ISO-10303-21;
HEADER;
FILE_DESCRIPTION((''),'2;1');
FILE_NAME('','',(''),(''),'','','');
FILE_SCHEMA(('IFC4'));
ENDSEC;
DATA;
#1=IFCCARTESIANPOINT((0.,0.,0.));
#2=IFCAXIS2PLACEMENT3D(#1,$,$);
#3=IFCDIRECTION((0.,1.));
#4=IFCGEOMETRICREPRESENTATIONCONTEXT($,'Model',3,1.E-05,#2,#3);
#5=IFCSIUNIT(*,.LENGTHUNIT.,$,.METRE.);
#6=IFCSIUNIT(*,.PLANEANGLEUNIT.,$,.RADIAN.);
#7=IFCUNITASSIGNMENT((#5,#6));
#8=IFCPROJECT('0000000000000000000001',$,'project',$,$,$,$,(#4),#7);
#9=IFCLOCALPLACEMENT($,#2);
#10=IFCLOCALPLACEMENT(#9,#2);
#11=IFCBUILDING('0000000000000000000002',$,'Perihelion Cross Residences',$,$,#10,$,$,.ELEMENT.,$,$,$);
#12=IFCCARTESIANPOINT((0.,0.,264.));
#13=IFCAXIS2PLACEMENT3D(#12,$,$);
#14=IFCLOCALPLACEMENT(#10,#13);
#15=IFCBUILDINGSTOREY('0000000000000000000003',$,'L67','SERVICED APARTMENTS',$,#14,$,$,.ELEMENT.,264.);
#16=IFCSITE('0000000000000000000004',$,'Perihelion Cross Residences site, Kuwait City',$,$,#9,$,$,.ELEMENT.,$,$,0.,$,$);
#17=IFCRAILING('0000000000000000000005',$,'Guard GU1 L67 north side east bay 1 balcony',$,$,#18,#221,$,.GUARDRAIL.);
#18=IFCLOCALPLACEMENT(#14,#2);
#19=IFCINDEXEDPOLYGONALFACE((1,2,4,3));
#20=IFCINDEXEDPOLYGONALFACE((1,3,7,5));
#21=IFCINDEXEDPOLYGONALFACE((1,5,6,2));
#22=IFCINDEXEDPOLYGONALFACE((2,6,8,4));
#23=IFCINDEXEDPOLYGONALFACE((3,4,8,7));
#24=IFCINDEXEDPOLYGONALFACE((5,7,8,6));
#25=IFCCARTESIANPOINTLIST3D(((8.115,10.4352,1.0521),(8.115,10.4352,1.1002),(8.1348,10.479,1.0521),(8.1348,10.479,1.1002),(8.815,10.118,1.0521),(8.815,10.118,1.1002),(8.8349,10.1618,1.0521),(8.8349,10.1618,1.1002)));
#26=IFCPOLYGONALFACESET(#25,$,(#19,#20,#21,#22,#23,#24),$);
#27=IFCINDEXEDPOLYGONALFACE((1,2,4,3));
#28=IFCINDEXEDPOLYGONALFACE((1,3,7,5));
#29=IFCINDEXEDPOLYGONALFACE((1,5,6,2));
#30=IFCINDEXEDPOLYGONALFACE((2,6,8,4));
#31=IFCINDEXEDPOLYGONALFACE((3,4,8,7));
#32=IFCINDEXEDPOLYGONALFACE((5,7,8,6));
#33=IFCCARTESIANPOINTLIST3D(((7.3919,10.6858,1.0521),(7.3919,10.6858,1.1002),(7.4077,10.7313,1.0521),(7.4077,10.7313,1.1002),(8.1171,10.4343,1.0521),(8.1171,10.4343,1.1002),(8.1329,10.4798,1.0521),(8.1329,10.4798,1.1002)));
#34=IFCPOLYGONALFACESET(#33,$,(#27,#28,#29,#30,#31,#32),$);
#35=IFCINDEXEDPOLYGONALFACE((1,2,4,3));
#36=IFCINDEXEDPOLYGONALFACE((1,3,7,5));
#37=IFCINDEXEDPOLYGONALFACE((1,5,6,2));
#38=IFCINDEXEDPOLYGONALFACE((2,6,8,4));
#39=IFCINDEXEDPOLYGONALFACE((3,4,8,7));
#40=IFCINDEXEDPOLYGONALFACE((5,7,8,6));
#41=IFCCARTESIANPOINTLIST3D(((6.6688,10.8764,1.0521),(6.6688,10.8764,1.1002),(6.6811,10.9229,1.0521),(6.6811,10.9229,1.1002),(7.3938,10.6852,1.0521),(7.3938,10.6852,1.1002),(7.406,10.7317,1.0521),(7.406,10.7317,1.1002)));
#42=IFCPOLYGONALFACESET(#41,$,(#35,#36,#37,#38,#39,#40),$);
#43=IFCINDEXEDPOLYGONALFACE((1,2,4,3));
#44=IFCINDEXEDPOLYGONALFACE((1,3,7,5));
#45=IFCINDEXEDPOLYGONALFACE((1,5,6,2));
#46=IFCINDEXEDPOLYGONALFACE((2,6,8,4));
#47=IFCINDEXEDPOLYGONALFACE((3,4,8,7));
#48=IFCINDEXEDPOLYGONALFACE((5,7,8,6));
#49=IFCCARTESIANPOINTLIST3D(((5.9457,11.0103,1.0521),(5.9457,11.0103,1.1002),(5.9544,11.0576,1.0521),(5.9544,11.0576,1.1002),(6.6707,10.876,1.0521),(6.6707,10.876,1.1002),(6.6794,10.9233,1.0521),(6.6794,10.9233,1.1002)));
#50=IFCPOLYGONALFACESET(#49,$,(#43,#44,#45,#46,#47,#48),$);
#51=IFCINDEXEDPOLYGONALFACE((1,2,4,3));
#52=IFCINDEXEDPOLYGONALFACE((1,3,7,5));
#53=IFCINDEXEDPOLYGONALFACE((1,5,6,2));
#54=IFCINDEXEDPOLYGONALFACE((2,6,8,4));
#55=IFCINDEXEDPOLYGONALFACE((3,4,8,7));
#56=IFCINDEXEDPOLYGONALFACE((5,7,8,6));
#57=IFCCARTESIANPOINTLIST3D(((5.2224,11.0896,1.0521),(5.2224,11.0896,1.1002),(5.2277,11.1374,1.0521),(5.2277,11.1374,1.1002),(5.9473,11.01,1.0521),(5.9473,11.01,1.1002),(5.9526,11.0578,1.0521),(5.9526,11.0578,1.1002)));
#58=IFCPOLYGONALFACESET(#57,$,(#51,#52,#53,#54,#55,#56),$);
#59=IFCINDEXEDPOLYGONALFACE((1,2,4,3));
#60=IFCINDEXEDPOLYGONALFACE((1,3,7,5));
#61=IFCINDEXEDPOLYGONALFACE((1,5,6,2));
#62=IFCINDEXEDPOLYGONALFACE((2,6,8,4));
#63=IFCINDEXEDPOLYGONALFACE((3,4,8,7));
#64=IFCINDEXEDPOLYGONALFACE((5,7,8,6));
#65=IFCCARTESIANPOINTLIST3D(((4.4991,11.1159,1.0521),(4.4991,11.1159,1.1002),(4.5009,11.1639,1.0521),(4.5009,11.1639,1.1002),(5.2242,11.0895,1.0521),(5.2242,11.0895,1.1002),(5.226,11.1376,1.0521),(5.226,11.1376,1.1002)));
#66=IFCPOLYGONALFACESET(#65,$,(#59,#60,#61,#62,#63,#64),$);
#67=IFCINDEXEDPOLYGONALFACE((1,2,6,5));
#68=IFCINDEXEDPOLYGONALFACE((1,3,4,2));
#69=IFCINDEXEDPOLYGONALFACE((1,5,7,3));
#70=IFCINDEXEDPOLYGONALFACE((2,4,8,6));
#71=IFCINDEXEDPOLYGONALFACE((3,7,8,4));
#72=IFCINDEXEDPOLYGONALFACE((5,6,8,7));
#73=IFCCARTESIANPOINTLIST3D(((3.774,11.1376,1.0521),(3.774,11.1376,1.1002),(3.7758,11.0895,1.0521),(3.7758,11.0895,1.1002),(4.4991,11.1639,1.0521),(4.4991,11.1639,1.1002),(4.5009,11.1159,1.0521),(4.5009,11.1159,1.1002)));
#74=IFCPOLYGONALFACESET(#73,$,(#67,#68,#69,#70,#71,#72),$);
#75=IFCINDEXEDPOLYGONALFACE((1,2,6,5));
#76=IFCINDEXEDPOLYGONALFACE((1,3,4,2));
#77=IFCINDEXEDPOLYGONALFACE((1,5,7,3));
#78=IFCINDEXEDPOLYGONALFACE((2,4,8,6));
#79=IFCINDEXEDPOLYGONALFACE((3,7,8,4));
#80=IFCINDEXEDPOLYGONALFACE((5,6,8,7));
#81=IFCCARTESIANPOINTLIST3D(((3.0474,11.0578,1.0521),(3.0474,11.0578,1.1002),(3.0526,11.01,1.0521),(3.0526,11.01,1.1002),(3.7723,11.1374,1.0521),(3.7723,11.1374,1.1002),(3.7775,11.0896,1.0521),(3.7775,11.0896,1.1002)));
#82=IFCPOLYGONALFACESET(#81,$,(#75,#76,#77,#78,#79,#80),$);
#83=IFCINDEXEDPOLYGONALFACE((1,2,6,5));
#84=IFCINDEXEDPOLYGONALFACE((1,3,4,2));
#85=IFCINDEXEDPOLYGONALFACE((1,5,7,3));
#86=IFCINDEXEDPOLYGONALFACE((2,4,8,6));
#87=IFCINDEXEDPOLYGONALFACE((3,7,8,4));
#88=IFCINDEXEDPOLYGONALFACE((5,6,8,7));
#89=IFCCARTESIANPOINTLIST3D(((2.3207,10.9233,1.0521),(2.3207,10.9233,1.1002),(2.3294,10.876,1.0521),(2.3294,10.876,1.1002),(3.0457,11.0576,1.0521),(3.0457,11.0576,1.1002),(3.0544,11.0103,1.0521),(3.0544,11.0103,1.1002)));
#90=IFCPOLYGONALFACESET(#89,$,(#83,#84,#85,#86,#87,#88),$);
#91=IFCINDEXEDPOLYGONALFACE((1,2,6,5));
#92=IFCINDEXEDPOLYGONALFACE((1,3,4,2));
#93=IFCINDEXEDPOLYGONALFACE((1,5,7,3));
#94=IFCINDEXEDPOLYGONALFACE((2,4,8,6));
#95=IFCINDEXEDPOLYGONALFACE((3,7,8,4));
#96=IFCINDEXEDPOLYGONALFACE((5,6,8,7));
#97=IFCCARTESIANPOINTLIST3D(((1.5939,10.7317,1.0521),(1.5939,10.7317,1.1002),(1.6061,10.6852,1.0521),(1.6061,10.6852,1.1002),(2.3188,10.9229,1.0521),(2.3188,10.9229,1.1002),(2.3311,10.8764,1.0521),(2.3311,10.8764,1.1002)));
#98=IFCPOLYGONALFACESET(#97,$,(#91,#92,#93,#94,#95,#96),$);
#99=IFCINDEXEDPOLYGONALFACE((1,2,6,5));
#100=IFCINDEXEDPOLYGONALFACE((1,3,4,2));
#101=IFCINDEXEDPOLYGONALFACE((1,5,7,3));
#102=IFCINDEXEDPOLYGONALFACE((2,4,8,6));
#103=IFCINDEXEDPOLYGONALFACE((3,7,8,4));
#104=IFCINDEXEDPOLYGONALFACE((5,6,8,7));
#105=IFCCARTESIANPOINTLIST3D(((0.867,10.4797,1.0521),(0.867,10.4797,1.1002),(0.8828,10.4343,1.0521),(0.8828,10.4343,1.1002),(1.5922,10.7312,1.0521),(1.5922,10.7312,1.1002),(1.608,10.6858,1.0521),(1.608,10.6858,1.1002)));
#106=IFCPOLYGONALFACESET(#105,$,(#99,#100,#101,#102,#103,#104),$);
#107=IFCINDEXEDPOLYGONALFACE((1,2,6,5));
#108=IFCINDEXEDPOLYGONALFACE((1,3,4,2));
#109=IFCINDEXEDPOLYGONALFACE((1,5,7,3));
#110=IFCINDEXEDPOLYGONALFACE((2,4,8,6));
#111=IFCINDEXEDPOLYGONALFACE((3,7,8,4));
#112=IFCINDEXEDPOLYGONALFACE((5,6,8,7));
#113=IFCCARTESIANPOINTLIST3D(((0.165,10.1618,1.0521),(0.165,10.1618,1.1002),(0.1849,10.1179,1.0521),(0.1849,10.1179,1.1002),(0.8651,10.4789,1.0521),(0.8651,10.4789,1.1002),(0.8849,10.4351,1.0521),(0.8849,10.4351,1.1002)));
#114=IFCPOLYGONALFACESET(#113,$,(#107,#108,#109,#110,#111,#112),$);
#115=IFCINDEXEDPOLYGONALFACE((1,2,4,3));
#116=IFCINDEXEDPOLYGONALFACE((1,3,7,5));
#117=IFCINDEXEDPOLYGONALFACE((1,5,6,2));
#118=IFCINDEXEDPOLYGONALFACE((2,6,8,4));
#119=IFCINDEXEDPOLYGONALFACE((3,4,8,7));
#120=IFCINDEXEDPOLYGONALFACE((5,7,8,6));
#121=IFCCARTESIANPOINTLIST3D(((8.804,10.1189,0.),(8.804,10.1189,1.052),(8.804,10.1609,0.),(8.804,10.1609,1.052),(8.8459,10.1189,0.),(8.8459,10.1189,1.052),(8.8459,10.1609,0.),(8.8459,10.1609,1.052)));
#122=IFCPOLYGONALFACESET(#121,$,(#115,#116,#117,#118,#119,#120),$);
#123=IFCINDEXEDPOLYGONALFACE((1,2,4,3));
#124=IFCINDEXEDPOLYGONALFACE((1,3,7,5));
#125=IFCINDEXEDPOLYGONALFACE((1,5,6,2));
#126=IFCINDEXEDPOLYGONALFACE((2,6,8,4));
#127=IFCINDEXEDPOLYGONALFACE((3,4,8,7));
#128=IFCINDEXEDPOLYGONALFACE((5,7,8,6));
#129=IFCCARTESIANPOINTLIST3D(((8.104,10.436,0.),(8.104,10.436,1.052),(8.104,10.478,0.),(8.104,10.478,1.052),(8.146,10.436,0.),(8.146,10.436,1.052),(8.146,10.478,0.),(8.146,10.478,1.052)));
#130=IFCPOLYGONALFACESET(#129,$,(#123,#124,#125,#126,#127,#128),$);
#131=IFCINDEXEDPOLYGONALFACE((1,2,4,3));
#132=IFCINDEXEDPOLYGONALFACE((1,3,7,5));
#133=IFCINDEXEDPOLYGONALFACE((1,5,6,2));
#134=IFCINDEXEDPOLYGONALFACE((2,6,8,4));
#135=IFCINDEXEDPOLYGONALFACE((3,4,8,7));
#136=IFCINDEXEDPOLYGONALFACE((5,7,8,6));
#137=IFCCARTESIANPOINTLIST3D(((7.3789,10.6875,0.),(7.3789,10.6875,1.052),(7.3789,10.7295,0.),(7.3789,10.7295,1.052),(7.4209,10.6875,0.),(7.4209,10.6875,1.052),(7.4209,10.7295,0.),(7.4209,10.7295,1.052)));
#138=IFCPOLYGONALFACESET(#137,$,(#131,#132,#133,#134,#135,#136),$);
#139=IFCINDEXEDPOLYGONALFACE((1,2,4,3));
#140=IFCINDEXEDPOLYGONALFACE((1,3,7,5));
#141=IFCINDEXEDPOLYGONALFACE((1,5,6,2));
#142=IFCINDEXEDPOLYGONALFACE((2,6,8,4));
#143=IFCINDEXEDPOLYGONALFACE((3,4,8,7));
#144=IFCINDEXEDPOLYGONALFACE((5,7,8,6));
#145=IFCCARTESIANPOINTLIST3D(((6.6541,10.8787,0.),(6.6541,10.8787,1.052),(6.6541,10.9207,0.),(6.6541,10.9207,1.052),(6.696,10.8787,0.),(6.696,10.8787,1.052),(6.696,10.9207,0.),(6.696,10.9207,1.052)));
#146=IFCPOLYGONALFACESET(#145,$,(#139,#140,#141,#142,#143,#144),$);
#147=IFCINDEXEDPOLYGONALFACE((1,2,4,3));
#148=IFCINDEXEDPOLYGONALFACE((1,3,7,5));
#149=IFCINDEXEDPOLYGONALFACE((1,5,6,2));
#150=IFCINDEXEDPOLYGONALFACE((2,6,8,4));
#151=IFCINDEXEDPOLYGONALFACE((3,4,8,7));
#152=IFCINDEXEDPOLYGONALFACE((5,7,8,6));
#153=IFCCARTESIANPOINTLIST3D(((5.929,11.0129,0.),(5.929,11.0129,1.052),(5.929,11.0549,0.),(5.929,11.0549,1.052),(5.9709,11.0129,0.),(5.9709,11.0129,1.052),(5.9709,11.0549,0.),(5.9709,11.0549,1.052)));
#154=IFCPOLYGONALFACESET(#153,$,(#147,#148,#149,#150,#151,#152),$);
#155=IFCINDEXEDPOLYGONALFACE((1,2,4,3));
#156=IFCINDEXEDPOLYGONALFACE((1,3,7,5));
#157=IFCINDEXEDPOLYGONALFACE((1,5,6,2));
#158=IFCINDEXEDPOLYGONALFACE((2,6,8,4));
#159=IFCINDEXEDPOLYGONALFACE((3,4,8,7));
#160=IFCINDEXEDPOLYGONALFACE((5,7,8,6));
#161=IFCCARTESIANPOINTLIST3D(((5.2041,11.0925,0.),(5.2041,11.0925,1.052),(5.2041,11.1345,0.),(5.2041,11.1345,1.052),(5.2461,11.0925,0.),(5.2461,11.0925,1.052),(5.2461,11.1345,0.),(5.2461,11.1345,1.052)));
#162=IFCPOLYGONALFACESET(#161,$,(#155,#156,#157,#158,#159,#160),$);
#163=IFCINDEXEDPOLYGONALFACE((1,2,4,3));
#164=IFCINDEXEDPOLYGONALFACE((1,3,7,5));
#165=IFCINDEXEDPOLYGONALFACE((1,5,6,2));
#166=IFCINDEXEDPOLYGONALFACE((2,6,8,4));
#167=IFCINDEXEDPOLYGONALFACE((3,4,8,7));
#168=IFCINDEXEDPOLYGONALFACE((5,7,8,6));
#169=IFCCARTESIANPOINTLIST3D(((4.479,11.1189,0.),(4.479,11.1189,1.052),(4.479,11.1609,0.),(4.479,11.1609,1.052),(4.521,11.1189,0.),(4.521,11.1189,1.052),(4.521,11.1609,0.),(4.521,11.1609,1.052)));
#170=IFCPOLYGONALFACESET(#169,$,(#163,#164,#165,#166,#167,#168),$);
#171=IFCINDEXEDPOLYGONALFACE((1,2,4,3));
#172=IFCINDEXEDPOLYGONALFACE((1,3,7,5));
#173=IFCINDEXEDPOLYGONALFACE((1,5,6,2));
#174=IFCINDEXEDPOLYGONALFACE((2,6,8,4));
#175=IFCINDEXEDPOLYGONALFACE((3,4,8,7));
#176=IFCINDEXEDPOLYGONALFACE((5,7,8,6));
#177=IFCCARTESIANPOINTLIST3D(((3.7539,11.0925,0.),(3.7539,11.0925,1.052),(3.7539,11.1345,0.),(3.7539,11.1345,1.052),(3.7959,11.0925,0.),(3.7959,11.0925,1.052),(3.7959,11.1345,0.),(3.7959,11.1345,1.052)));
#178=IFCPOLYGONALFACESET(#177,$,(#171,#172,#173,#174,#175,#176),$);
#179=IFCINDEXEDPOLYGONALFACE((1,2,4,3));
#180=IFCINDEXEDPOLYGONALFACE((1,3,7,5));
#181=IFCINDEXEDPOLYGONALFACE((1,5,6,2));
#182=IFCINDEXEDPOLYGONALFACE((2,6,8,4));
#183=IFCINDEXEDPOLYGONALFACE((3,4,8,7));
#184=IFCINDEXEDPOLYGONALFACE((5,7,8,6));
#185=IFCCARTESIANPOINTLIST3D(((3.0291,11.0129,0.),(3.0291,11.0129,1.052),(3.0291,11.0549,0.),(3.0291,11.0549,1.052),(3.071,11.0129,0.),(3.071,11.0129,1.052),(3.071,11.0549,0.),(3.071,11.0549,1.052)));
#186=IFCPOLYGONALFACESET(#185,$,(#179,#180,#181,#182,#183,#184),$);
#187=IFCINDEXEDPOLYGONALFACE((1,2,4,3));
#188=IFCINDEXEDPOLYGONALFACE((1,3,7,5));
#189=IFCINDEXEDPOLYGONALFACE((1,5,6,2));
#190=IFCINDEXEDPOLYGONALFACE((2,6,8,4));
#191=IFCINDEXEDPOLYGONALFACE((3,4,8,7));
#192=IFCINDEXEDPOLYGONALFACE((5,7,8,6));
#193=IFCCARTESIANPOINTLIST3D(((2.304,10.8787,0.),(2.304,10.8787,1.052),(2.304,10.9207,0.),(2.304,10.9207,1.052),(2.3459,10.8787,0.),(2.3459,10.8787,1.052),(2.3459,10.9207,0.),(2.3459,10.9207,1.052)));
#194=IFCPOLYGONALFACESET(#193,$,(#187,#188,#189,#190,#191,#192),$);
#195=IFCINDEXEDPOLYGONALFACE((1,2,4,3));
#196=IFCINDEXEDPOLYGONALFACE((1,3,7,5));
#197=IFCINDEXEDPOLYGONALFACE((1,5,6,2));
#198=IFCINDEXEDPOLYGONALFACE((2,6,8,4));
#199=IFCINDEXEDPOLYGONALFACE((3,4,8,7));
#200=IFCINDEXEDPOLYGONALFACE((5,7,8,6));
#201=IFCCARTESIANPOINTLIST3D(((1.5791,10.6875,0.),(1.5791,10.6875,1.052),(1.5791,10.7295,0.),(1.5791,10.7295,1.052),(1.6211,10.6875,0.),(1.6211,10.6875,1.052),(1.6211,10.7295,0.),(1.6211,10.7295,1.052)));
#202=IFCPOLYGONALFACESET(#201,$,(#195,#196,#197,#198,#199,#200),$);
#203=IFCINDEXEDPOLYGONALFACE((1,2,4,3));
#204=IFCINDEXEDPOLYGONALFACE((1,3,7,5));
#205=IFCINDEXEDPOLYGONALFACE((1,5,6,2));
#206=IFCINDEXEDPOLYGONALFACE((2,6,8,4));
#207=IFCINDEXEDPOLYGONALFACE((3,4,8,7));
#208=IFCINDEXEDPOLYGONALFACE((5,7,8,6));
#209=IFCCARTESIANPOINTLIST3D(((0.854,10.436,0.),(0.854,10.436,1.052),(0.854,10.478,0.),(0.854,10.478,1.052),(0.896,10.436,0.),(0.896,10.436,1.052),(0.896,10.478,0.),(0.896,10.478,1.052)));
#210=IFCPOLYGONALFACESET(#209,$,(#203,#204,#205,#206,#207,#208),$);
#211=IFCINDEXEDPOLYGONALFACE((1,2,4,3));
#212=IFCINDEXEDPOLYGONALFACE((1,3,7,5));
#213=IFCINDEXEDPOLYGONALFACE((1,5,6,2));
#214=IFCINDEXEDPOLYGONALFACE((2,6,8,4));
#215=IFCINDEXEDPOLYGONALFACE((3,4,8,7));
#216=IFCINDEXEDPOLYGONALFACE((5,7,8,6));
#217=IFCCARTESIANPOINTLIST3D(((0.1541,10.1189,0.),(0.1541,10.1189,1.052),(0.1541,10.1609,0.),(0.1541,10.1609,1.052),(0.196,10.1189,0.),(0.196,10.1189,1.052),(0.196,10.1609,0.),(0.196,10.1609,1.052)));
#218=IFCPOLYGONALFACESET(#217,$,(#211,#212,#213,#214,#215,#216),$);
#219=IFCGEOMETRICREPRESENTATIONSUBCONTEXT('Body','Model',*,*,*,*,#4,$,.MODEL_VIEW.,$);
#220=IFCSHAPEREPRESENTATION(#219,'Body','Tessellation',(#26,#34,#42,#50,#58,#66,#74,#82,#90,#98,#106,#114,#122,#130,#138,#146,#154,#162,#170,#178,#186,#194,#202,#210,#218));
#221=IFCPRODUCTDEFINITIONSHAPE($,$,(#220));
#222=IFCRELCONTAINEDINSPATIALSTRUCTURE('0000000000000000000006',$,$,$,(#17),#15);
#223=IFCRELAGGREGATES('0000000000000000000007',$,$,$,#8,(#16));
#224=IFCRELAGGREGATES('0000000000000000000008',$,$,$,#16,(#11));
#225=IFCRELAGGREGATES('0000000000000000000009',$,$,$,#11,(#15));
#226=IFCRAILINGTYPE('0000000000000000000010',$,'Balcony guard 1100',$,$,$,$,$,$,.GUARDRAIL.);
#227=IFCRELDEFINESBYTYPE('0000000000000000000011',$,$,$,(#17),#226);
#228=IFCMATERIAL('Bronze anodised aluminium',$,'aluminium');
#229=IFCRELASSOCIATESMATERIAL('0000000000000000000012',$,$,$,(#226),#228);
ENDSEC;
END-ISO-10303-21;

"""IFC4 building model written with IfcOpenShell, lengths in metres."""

from ifc_helpers import new_model, si_unit, direction, frame, origin, origin_2d, place, context, subcontext, project, spatial, rectangle, extrude, material, type_object, element, save


model = new_model("IFC4")

# Units and contexts
model_context = context("Model", 3, precision=1e-05, world=origin(), true_north=direction((0.0, 1.0)))
body_context = subcontext(model_context, "Body", "Model", "MODEL_VIEW")
ifc_project = project(units=[si_unit("LENGTHUNIT", "METRE"), si_unit("PLANEANGLEUNIT", "RADIAN")], contexts=[model_context])

# Site, building, storey
site_placement = place(None, origin())
site = spatial("IfcSite", under=ifc_project, at=site_placement, Name="Perihelion Cross Residences site, Kuwait City", CompositionType="ELEMENT", RefElevation=0.0)
building_placement = place(site_placement, origin())
building = spatial("IfcBuilding", under=site, at=building_placement, Name="Perihelion Cross Residences", CompositionType="ELEMENT")
storey_placement = place(building_placement, frame((0.0, 0.0, 264.0)))
storey = spatial("IfcBuildingStorey", under=building, at=storey_placement, Name="L67", Description="SERVICED APARTMENTS", CompositionType="ELEMENT", Elevation=264.0)

# Railing
ifc_material_1 = material(Name="Bronze anodised aluminium", Category="aluminium")
railing_type = type_object("IfcRailingType", Name="Balcony guard 1100", PredefinedType="GUARDRAIL", material=ifc_material_1)
railing_placement = place(storey_placement, frame((8.825, 10.1399, 0.0)))
element("IfcRailing", 1, at=railing_placement, inside=storey, type_object=railing_type, Name="Guard GU1 L67 north side east bay 1 balcony", PredefinedType="GUARDRAIL", context=body_context, shape_type="SweptSolid", body=[
    extrude(rectangle(XDim=0.0481, YDim=0.0481, at=origin_2d()), frame((0.0, 0.0, 1.0762), z_axis=(-0.910866, 0.412702, 0.0), x_axis=(-0.412702, -0.910866, 0.0)), (0.0, 0.0, 1.0), 0.7686),
    extrude(rectangle(XDim=0.0481, YDim=0.0481, at=origin_2d()), frame((-0.7, 0.3171, 1.0762), z_axis=(-0.944797, 0.327657, 0.0), x_axis=(-0.327657, -0.944797, 0.0)), (0.0, 0.0, 1.0), 0.7676),
    extrude(rectangle(XDim=0.0481, YDim=0.0481, at=origin_2d()), frame((-1.425, 0.5686, 1.0762), z_axis=(-0.966939, 0.255006, 0.0), x_axis=(-0.255006, -0.966939, 0.0)), (0.0, 0.0, 1.0), 0.7498),
    extrude(rectangle(XDim=0.0481, YDim=0.0481, at=origin_2d()), frame((-2.1499, 0.7598, 1.0762), z_axis=(-0.983282, 0.182089, 0.0), x_axis=(-0.182089, -0.983282, 0.0)), (0.0, 0.0, 1.0), 0.7373),
    extrude(rectangle(XDim=0.0481, YDim=0.0481, at=origin_2d()), frame((-2.875, 0.894, 1.0762), z_axis=(-0.994026, 0.109145, 0.0), x_axis=(-0.109145, -0.994026, 0.0)), (0.0, 0.0, 1.0), 0.7292),
    extrude(rectangle(XDim=0.0481, YDim=0.0481, at=origin_2d()), frame((-3.5999, 0.9736, 1.0762), z_axis=(-0.999339, 0.03634, 0.0), x_axis=(-0.03634, -0.999339, 0.0)), (0.0, 0.0, 1.0), 0.7256),
    extrude(rectangle(XDim=0.0481, YDim=0.0481, at=origin_2d()), frame((-4.325, 1.0, 1.0762), z_axis=(-0.999339, -0.03634, 0.0), x_axis=(0.03634, -0.999339, 0.0)), (0.0, 0.0, 1.0), 0.7256),
    extrude(rectangle(XDim=0.0481, YDim=0.0481, at=origin_2d()), frame((-5.05, 0.9736, 1.0762), z_axis=(-0.994026, -0.109145, 0.0), x_axis=(0.109145, -0.994026, 0.0)), (0.0, 0.0, 1.0), 0.7292),
    extrude(rectangle(XDim=0.0481, YDim=0.0481, at=origin_2d()), frame((-5.7749, 0.894, 1.0762), z_axis=(-0.983282, -0.182089, 0.0), x_axis=(0.182089, -0.983282, 0.0)), (0.0, 0.0, 1.0), 0.7373),
    extrude(rectangle(XDim=0.0481, YDim=0.0481, at=origin_2d()), frame((-6.5, 0.7598, 1.0762), z_axis=(-0.966939, -0.255006, 0.0), x_axis=(0.255006, -0.966939, 0.0)), (0.0, 0.0, 1.0), 0.7498),
    extrude(rectangle(XDim=0.0481, YDim=0.0481, at=origin_2d()), frame((-7.2249, 0.5686, 1.0762), z_axis=(-0.944797, -0.327657, 0.0), x_axis=(0.327657, -0.944797, 0.0)), (0.0, 0.0, 1.0), 0.7676),
    extrude(rectangle(XDim=0.0481, YDim=0.0481, at=origin_2d()), frame((-7.95, 0.3171, 1.0762), z_axis=(-0.910866, -0.412702, 0.0), x_axis=(0.412702, -0.910866, 0.0)), (0.0, 0.0, 1.0), 0.7686),
    extrude(rectangle(XDim=0.042, YDim=0.042, at=origin_2d()), origin(), (0.0, 0.0, 1.0), 1.052),
    extrude(rectangle(XDim=0.042, YDim=0.042, at=origin_2d()), frame((-0.7, 0.3171, 0.0)), (0.0, 0.0, 1.0), 1.052),
    extrude(rectangle(XDim=0.042, YDim=0.042, at=origin_2d()), frame((-1.425, 0.5686, 0.0)), (0.0, 0.0, 1.0), 1.052),
    extrude(rectangle(XDim=0.042, YDim=0.042, at=origin_2d()), frame((-2.1499, 0.7598, 0.0)), (0.0, 0.0, 1.0), 1.052),
    extrude(rectangle(XDim=0.042, YDim=0.042, at=origin_2d()), frame((-2.875, 0.894, 0.0)), (0.0, 0.0, 1.0), 1.052),
    extrude(rectangle(XDim=0.042, YDim=0.042, at=origin_2d()), frame((-3.5999, 0.9736, 0.0)), (0.0, 0.0, 1.0), 1.052),
    extrude(rectangle(XDim=0.042, YDim=0.042, at=origin_2d()), frame((-4.325, 1.0, 0.0)), (0.0, 0.0, 1.0), 1.052),
    extrude(rectangle(XDim=0.042, YDim=0.042, at=origin_2d()), frame((-5.05, 0.9736, 0.0)), (0.0, 0.0, 1.0), 1.052),
    extrude(rectangle(XDim=0.042, YDim=0.042, at=origin_2d()), frame((-5.7749, 0.894, 0.0)), (0.0, 0.0, 1.0), 1.052),
    extrude(rectangle(XDim=0.042, YDim=0.042, at=origin_2d()), frame((-6.5, 0.7598, 0.0)), (0.0, 0.0, 1.0), 1.052),
    extrude(rectangle(XDim=0.042, YDim=0.042, at=origin_2d()), frame((-7.2249, 0.5686, 0.0)), (0.0, 0.0, 1.0), 1.052),
    extrude(rectangle(XDim=0.042, YDim=0.042, at=origin_2d()), frame((-7.95, 0.3171, 0.0)), (0.0, 0.0, 1.0), 1.052),
    extrude(rectangle(XDim=0.042, YDim=0.042, at=origin_2d()), frame((-8.6499, 0.0, 0.0)), (0.0, 0.0, 1.0), 1.052),
])

save(model, "model.ifc")
